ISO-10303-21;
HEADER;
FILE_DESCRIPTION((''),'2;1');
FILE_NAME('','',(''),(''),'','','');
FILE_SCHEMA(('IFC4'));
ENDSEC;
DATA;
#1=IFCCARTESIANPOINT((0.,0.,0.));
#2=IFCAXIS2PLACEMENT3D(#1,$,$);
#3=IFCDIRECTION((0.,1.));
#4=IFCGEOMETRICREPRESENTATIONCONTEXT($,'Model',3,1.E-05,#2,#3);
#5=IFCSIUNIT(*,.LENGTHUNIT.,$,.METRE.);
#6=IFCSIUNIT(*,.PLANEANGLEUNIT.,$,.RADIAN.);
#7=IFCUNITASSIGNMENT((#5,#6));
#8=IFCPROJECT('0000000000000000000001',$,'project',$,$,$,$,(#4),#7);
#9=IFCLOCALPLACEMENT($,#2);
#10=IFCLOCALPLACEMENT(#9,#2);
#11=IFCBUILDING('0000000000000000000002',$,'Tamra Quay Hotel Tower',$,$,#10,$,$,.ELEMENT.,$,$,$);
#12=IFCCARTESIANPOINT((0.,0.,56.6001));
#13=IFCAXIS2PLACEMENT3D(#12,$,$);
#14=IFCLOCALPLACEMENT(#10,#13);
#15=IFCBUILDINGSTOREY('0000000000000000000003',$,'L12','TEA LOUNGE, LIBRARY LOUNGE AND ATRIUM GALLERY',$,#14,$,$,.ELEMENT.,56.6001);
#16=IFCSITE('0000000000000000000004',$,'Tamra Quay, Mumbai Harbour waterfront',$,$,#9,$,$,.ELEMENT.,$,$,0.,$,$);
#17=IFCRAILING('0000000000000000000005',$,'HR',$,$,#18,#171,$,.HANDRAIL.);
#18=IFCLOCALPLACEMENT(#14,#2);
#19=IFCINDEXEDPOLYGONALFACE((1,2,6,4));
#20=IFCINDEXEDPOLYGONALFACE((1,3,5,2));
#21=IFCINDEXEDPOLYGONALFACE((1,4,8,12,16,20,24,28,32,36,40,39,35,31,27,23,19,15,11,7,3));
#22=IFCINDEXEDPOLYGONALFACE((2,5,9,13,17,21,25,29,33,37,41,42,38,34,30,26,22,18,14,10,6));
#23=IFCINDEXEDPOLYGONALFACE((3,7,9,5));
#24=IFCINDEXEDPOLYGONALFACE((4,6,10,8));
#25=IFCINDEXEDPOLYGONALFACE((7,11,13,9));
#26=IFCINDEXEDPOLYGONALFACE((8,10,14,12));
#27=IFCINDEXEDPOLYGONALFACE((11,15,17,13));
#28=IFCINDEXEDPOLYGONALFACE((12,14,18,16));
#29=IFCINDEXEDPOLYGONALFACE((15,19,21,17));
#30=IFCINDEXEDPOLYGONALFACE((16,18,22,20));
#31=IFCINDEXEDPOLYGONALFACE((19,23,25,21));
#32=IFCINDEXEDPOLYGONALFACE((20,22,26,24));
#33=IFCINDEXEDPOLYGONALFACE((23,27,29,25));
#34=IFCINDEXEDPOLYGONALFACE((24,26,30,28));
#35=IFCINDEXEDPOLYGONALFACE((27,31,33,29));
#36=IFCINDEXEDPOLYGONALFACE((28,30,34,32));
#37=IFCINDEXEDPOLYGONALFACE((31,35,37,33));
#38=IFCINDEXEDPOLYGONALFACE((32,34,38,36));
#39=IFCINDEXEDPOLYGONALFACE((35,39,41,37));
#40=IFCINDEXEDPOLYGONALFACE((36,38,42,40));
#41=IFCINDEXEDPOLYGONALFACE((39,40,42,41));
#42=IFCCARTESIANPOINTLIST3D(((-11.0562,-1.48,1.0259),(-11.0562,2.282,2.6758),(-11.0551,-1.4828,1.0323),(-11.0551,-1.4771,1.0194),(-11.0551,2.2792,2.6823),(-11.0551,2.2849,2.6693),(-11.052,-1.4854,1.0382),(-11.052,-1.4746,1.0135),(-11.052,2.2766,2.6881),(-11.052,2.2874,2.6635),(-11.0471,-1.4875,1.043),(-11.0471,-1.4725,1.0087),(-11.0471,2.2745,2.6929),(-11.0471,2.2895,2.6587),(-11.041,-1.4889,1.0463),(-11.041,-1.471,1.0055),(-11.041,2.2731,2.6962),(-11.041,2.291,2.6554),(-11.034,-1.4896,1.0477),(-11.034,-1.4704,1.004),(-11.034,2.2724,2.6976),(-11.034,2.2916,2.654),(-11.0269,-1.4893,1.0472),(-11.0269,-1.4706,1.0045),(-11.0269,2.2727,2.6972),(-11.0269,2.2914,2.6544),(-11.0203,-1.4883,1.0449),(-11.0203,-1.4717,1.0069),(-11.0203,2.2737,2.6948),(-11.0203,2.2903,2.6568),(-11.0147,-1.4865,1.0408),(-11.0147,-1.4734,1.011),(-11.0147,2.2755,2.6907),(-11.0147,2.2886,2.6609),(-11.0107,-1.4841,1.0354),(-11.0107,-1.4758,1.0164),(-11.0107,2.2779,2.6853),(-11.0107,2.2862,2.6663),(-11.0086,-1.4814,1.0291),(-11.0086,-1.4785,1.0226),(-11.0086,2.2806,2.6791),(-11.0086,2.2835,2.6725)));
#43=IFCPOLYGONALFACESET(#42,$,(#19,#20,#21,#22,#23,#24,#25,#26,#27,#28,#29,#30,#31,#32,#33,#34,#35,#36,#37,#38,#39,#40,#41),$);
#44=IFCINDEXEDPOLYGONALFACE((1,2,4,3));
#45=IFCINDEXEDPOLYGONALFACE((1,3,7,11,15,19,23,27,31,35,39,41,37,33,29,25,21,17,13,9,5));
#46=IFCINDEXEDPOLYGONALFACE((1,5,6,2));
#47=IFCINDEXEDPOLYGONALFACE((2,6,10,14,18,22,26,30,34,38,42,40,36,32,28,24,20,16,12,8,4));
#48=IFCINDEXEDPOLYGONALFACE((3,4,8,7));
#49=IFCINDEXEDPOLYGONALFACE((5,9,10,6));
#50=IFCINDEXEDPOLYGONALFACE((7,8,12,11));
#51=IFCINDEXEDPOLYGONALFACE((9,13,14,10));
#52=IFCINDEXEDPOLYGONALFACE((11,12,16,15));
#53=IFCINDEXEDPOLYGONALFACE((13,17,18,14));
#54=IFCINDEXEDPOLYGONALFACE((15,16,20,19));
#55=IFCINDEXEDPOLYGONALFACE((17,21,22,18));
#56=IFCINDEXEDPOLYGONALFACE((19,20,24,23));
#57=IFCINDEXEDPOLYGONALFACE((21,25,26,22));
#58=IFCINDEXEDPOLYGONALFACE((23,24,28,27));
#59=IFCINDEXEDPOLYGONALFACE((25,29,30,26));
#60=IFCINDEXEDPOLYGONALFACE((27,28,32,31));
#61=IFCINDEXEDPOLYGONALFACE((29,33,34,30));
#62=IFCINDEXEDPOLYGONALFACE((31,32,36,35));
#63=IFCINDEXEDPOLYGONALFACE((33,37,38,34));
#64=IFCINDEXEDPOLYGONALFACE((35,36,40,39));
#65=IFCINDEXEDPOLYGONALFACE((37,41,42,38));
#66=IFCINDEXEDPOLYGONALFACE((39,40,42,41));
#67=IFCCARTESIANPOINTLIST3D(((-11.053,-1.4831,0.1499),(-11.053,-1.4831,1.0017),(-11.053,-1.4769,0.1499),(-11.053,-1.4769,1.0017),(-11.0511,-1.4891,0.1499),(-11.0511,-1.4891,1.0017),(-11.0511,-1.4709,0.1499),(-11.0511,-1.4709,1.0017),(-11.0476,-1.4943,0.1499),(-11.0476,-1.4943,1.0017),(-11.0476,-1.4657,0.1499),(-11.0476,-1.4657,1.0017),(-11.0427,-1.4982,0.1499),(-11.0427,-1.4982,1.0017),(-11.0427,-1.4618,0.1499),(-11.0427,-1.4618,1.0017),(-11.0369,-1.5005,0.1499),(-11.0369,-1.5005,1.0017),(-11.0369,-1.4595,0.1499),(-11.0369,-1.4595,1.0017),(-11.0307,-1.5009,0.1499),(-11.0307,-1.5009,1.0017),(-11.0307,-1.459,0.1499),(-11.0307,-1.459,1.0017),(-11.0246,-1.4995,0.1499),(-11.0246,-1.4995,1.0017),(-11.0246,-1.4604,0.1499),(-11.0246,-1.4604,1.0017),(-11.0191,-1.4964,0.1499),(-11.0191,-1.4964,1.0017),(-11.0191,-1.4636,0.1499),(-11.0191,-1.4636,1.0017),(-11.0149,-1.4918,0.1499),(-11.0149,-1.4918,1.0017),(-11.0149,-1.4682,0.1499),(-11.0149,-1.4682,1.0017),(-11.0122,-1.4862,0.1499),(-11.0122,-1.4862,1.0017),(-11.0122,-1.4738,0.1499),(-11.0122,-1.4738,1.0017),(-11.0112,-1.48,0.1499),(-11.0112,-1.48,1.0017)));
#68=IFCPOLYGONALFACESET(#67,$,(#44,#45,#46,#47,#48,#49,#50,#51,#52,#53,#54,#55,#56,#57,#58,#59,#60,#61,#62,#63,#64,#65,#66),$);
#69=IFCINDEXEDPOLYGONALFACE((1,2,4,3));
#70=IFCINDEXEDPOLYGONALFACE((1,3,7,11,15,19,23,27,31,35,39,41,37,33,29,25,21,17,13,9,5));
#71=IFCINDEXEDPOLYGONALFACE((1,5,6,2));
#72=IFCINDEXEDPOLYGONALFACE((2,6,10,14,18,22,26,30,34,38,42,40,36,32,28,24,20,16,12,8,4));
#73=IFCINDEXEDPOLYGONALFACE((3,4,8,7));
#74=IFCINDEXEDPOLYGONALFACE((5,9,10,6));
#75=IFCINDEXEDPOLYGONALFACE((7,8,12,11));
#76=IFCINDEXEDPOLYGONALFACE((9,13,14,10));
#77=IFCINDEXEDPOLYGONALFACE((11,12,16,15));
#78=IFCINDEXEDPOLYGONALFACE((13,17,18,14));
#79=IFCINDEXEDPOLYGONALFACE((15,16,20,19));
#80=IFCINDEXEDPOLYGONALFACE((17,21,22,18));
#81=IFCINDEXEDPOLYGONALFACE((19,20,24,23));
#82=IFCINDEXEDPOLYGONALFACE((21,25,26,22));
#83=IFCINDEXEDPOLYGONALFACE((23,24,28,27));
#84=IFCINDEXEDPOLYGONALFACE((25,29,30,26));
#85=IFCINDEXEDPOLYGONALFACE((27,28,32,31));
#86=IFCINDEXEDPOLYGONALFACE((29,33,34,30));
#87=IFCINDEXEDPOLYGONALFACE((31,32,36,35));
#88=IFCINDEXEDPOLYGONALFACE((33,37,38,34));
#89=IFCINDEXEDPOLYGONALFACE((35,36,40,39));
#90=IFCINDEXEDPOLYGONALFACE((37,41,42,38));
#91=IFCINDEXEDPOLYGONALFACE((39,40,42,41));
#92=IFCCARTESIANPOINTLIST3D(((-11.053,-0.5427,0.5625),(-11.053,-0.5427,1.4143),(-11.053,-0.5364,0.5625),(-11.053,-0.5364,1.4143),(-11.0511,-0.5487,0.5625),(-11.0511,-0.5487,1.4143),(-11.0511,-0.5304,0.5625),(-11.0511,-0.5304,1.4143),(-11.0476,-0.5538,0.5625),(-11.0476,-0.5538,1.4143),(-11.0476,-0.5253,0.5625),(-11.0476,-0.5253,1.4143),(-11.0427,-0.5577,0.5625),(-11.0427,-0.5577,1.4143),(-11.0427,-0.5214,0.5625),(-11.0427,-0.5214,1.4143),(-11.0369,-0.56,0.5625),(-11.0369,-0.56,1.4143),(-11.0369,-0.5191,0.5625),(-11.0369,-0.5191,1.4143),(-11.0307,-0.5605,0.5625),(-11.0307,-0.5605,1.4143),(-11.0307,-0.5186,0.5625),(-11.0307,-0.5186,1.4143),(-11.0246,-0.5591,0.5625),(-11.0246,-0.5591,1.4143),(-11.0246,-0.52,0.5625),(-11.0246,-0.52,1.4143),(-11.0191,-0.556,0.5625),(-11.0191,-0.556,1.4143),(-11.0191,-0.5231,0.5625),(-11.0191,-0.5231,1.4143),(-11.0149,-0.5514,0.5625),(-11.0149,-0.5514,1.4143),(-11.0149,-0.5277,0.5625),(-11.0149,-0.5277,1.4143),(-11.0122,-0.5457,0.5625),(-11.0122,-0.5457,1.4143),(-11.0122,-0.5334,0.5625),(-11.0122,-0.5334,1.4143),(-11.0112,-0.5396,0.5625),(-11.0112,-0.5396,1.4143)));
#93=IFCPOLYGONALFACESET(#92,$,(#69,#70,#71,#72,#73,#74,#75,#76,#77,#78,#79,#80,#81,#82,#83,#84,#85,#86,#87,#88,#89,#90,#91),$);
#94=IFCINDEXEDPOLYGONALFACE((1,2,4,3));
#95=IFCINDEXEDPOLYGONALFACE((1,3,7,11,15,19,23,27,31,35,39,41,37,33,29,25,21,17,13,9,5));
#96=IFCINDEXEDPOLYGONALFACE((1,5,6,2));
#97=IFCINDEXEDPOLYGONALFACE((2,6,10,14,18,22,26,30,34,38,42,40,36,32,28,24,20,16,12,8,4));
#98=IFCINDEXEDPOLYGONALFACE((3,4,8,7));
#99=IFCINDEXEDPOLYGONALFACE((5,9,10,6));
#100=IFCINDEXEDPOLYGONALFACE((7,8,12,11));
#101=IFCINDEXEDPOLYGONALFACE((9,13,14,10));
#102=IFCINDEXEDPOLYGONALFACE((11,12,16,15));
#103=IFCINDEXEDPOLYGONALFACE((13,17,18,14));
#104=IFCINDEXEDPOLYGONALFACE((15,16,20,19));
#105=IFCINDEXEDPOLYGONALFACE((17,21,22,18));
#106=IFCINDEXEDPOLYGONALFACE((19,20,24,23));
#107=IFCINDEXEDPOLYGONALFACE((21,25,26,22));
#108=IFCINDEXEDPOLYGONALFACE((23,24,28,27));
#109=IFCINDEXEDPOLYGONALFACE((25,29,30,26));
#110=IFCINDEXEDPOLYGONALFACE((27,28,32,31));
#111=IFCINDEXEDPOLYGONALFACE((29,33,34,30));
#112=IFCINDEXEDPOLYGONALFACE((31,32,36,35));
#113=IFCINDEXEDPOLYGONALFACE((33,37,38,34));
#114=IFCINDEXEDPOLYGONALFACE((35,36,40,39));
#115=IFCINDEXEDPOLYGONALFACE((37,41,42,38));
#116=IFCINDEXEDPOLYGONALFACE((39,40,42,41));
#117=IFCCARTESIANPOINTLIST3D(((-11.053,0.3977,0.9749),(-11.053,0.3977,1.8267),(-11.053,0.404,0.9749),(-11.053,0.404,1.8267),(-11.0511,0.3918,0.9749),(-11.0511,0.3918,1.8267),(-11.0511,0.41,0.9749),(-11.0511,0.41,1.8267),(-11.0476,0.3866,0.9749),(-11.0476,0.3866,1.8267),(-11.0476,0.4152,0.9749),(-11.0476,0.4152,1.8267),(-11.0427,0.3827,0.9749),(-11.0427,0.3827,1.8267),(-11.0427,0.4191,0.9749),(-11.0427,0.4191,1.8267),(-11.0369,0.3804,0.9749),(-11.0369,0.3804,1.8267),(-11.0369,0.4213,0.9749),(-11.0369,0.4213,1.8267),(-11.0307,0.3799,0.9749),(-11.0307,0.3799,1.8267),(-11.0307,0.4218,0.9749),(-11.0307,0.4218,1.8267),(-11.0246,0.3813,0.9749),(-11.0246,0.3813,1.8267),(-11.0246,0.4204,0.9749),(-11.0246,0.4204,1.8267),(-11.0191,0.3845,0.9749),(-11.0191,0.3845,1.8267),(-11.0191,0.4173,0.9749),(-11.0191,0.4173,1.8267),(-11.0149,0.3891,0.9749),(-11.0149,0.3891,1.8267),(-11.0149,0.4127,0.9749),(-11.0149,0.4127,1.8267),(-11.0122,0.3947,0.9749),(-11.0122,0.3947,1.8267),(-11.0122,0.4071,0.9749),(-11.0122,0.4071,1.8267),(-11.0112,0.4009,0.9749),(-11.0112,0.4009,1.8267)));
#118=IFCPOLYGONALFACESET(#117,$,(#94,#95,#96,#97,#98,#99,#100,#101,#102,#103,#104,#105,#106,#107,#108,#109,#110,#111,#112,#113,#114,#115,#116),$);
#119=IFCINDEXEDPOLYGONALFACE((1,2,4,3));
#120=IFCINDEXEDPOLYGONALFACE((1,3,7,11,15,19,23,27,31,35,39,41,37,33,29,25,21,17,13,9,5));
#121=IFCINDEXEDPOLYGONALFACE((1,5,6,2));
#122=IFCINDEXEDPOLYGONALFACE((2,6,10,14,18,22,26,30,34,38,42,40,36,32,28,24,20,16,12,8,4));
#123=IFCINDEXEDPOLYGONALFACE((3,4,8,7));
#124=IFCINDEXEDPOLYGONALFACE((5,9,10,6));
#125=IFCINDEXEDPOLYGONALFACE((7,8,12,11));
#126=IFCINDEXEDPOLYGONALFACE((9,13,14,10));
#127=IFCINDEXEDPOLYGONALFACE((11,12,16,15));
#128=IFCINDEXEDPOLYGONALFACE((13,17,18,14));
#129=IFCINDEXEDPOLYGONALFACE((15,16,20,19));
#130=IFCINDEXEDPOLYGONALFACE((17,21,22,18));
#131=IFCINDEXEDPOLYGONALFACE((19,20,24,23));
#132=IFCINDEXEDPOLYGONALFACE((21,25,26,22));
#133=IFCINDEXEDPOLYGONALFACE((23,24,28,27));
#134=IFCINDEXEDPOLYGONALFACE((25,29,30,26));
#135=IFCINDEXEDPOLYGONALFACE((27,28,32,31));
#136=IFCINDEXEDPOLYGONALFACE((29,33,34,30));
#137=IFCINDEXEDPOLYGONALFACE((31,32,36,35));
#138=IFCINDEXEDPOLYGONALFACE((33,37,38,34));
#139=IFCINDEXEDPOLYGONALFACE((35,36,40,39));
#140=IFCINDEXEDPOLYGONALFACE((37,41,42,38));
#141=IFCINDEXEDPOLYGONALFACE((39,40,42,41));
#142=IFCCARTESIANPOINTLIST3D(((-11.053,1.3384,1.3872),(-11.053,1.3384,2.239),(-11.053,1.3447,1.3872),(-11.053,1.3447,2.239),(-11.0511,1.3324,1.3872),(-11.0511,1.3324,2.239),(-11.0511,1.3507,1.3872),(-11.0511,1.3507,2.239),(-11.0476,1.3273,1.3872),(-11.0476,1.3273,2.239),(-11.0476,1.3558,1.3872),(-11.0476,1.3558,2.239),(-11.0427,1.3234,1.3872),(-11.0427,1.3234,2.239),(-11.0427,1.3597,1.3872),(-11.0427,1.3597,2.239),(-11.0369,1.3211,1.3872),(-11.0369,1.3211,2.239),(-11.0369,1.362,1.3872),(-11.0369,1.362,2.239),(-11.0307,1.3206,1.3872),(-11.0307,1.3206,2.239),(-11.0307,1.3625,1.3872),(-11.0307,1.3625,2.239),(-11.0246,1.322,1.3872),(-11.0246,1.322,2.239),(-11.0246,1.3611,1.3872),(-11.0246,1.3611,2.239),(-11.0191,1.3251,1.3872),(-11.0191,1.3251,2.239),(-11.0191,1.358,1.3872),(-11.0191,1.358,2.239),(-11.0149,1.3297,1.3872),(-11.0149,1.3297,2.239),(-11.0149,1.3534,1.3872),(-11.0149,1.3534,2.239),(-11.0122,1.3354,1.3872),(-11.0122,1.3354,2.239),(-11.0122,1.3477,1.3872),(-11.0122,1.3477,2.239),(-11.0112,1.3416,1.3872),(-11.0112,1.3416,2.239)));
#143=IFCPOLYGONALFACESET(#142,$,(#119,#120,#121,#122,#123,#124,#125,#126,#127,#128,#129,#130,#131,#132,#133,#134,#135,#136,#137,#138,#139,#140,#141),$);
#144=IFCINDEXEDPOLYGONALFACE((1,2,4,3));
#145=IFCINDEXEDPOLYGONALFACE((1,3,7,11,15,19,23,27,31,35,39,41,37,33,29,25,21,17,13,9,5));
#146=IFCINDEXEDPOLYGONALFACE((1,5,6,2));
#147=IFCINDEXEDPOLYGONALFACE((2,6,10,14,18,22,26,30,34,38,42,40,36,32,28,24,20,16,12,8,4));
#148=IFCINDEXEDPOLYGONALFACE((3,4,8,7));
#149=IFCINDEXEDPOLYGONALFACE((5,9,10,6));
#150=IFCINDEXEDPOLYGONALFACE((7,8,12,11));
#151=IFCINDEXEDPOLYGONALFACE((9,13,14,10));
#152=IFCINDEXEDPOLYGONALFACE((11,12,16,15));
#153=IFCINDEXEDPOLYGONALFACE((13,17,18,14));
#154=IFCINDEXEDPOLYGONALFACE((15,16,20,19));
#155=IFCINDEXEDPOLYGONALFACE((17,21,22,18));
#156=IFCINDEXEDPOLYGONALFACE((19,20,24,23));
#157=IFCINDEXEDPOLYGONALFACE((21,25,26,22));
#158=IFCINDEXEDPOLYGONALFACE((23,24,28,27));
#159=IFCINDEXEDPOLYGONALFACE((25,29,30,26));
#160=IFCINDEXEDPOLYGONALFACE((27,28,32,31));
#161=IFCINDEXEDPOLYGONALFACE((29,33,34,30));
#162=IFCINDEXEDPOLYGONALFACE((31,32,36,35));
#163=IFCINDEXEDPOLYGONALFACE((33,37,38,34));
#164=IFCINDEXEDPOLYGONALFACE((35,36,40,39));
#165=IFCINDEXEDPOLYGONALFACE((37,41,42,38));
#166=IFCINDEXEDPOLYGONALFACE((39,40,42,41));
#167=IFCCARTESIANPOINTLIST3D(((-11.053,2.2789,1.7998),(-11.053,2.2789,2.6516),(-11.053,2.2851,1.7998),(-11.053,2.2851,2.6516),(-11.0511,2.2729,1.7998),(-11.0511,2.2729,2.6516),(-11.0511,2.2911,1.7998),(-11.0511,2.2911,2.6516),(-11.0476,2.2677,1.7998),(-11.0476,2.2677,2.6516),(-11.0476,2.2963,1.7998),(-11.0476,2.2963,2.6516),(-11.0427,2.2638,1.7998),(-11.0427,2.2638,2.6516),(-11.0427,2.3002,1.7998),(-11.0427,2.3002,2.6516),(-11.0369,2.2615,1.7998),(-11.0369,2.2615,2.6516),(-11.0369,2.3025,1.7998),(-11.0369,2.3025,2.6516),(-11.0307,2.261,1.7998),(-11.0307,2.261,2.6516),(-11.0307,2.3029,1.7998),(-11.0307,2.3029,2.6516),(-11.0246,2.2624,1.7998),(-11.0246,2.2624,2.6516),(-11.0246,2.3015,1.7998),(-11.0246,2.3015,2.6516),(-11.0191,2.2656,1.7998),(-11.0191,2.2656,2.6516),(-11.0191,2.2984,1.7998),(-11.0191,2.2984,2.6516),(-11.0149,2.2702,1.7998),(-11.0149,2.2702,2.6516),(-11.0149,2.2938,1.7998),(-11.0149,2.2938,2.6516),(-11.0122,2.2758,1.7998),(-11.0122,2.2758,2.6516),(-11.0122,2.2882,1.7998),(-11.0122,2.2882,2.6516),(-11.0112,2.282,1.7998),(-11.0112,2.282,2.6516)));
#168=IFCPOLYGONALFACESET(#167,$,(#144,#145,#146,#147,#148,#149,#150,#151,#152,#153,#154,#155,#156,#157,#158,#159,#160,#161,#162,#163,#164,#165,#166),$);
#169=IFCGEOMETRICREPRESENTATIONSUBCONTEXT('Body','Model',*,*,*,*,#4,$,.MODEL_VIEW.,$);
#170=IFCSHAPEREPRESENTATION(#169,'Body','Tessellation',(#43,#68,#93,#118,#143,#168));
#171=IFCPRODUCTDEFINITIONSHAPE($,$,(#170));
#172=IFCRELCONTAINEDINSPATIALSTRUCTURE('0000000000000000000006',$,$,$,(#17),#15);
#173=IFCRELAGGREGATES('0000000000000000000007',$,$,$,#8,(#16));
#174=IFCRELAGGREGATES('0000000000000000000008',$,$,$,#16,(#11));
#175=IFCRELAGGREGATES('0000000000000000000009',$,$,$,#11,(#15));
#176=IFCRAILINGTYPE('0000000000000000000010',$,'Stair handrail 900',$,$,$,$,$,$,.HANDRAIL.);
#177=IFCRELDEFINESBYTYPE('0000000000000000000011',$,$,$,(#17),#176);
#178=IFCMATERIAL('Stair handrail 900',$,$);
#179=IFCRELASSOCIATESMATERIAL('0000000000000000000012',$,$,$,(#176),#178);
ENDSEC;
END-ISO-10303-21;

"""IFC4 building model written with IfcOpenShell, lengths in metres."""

from ifc_helpers import new_model, si_unit, direction, frame, origin, origin_2d, place, context, subcontext, project, spatial, circle, extrude, material, type_object, element, save


model = new_model("IFC4")

# Units and contexts
model_context = context("Model", 3, precision=1e-05, world=origin(), true_north=direction((0.0, 1.0)))
body_context = subcontext(model_context, "Body", "Model", "MODEL_VIEW")
ifc_project = project(units=[si_unit("LENGTHUNIT", "METRE"), si_unit("PLANEANGLEUNIT", "RADIAN")], contexts=[model_context])

# Site, building, storey
site_placement = place(None, origin())
site = spatial("IfcSite", under=ifc_project, at=site_placement, Name="Tamra Quay, Mumbai Harbour waterfront", CompositionType="ELEMENT", RefElevation=0.0)
building_placement = place(site_placement, origin())
building = spatial("IfcBuilding", under=site, at=building_placement, Name="Tamra Quay Hotel Tower", CompositionType="ELEMENT")
storey_placement = place(building_placement, frame((0.0, 0.0, 56.6001)))
storey = spatial("IfcBuildingStorey", under=building, at=storey_placement, Name="L12", Description="TEA LOUNGE, LIBRARY LOUNGE AND ATRIUM GALLERY", CompositionType="ELEMENT", Elevation=56.6001)

# Railing
ifc_material_1 = material(Name="Stair handrail 900")
railing_type = type_object("IfcRailingType", Name="Stair handrail 900", PredefinedType="HANDRAIL", material=ifc_material_1)
railing_placement = place(storey_placement, frame((-11.0322, -1.48, 0.1499)))
element("IfcRailing", 1, at=railing_placement, inside=storey, type_object=railing_type, Name="HR", PredefinedType="HANDRAIL", context=body_context, shape_type="SweptSolid", body=[
    extrude(circle(Radius=0.0239, at=origin_2d()), frame((0.0, 0.0, 0.876), z_axis=(0.0, 0.915795, 0.401645), x_axis=(-1.0, 0.0, 0.0)), (0.0, 0.0, 1.0), 4.1079),
    extrude(circle(Radius=0.021, at=origin_2d()), origin(), (0.0, 0.0, 1.0), 0.8518),
    extrude(circle(Radius=0.021, at=origin_2d()), frame((0.0, 0.9404, 0.4126)), (0.0, 0.0, 1.0), 0.8518),
    extrude(circle(Radius=0.021, at=origin_2d()), frame((0.0, 1.8809, 0.825)), (0.0, 0.0, 1.0), 0.8518),
    extrude(circle(Radius=0.021, at=origin_2d()), frame((0.0, 2.8215, 1.2373)), (0.0, 0.0, 1.0), 0.8518),
    extrude(circle(Radius=0.021, at=origin_2d()), frame((0.0, 3.762, 1.6499)), (0.0, 0.0, 1.0), 0.8518),
])

save(model, "model.ifc")
